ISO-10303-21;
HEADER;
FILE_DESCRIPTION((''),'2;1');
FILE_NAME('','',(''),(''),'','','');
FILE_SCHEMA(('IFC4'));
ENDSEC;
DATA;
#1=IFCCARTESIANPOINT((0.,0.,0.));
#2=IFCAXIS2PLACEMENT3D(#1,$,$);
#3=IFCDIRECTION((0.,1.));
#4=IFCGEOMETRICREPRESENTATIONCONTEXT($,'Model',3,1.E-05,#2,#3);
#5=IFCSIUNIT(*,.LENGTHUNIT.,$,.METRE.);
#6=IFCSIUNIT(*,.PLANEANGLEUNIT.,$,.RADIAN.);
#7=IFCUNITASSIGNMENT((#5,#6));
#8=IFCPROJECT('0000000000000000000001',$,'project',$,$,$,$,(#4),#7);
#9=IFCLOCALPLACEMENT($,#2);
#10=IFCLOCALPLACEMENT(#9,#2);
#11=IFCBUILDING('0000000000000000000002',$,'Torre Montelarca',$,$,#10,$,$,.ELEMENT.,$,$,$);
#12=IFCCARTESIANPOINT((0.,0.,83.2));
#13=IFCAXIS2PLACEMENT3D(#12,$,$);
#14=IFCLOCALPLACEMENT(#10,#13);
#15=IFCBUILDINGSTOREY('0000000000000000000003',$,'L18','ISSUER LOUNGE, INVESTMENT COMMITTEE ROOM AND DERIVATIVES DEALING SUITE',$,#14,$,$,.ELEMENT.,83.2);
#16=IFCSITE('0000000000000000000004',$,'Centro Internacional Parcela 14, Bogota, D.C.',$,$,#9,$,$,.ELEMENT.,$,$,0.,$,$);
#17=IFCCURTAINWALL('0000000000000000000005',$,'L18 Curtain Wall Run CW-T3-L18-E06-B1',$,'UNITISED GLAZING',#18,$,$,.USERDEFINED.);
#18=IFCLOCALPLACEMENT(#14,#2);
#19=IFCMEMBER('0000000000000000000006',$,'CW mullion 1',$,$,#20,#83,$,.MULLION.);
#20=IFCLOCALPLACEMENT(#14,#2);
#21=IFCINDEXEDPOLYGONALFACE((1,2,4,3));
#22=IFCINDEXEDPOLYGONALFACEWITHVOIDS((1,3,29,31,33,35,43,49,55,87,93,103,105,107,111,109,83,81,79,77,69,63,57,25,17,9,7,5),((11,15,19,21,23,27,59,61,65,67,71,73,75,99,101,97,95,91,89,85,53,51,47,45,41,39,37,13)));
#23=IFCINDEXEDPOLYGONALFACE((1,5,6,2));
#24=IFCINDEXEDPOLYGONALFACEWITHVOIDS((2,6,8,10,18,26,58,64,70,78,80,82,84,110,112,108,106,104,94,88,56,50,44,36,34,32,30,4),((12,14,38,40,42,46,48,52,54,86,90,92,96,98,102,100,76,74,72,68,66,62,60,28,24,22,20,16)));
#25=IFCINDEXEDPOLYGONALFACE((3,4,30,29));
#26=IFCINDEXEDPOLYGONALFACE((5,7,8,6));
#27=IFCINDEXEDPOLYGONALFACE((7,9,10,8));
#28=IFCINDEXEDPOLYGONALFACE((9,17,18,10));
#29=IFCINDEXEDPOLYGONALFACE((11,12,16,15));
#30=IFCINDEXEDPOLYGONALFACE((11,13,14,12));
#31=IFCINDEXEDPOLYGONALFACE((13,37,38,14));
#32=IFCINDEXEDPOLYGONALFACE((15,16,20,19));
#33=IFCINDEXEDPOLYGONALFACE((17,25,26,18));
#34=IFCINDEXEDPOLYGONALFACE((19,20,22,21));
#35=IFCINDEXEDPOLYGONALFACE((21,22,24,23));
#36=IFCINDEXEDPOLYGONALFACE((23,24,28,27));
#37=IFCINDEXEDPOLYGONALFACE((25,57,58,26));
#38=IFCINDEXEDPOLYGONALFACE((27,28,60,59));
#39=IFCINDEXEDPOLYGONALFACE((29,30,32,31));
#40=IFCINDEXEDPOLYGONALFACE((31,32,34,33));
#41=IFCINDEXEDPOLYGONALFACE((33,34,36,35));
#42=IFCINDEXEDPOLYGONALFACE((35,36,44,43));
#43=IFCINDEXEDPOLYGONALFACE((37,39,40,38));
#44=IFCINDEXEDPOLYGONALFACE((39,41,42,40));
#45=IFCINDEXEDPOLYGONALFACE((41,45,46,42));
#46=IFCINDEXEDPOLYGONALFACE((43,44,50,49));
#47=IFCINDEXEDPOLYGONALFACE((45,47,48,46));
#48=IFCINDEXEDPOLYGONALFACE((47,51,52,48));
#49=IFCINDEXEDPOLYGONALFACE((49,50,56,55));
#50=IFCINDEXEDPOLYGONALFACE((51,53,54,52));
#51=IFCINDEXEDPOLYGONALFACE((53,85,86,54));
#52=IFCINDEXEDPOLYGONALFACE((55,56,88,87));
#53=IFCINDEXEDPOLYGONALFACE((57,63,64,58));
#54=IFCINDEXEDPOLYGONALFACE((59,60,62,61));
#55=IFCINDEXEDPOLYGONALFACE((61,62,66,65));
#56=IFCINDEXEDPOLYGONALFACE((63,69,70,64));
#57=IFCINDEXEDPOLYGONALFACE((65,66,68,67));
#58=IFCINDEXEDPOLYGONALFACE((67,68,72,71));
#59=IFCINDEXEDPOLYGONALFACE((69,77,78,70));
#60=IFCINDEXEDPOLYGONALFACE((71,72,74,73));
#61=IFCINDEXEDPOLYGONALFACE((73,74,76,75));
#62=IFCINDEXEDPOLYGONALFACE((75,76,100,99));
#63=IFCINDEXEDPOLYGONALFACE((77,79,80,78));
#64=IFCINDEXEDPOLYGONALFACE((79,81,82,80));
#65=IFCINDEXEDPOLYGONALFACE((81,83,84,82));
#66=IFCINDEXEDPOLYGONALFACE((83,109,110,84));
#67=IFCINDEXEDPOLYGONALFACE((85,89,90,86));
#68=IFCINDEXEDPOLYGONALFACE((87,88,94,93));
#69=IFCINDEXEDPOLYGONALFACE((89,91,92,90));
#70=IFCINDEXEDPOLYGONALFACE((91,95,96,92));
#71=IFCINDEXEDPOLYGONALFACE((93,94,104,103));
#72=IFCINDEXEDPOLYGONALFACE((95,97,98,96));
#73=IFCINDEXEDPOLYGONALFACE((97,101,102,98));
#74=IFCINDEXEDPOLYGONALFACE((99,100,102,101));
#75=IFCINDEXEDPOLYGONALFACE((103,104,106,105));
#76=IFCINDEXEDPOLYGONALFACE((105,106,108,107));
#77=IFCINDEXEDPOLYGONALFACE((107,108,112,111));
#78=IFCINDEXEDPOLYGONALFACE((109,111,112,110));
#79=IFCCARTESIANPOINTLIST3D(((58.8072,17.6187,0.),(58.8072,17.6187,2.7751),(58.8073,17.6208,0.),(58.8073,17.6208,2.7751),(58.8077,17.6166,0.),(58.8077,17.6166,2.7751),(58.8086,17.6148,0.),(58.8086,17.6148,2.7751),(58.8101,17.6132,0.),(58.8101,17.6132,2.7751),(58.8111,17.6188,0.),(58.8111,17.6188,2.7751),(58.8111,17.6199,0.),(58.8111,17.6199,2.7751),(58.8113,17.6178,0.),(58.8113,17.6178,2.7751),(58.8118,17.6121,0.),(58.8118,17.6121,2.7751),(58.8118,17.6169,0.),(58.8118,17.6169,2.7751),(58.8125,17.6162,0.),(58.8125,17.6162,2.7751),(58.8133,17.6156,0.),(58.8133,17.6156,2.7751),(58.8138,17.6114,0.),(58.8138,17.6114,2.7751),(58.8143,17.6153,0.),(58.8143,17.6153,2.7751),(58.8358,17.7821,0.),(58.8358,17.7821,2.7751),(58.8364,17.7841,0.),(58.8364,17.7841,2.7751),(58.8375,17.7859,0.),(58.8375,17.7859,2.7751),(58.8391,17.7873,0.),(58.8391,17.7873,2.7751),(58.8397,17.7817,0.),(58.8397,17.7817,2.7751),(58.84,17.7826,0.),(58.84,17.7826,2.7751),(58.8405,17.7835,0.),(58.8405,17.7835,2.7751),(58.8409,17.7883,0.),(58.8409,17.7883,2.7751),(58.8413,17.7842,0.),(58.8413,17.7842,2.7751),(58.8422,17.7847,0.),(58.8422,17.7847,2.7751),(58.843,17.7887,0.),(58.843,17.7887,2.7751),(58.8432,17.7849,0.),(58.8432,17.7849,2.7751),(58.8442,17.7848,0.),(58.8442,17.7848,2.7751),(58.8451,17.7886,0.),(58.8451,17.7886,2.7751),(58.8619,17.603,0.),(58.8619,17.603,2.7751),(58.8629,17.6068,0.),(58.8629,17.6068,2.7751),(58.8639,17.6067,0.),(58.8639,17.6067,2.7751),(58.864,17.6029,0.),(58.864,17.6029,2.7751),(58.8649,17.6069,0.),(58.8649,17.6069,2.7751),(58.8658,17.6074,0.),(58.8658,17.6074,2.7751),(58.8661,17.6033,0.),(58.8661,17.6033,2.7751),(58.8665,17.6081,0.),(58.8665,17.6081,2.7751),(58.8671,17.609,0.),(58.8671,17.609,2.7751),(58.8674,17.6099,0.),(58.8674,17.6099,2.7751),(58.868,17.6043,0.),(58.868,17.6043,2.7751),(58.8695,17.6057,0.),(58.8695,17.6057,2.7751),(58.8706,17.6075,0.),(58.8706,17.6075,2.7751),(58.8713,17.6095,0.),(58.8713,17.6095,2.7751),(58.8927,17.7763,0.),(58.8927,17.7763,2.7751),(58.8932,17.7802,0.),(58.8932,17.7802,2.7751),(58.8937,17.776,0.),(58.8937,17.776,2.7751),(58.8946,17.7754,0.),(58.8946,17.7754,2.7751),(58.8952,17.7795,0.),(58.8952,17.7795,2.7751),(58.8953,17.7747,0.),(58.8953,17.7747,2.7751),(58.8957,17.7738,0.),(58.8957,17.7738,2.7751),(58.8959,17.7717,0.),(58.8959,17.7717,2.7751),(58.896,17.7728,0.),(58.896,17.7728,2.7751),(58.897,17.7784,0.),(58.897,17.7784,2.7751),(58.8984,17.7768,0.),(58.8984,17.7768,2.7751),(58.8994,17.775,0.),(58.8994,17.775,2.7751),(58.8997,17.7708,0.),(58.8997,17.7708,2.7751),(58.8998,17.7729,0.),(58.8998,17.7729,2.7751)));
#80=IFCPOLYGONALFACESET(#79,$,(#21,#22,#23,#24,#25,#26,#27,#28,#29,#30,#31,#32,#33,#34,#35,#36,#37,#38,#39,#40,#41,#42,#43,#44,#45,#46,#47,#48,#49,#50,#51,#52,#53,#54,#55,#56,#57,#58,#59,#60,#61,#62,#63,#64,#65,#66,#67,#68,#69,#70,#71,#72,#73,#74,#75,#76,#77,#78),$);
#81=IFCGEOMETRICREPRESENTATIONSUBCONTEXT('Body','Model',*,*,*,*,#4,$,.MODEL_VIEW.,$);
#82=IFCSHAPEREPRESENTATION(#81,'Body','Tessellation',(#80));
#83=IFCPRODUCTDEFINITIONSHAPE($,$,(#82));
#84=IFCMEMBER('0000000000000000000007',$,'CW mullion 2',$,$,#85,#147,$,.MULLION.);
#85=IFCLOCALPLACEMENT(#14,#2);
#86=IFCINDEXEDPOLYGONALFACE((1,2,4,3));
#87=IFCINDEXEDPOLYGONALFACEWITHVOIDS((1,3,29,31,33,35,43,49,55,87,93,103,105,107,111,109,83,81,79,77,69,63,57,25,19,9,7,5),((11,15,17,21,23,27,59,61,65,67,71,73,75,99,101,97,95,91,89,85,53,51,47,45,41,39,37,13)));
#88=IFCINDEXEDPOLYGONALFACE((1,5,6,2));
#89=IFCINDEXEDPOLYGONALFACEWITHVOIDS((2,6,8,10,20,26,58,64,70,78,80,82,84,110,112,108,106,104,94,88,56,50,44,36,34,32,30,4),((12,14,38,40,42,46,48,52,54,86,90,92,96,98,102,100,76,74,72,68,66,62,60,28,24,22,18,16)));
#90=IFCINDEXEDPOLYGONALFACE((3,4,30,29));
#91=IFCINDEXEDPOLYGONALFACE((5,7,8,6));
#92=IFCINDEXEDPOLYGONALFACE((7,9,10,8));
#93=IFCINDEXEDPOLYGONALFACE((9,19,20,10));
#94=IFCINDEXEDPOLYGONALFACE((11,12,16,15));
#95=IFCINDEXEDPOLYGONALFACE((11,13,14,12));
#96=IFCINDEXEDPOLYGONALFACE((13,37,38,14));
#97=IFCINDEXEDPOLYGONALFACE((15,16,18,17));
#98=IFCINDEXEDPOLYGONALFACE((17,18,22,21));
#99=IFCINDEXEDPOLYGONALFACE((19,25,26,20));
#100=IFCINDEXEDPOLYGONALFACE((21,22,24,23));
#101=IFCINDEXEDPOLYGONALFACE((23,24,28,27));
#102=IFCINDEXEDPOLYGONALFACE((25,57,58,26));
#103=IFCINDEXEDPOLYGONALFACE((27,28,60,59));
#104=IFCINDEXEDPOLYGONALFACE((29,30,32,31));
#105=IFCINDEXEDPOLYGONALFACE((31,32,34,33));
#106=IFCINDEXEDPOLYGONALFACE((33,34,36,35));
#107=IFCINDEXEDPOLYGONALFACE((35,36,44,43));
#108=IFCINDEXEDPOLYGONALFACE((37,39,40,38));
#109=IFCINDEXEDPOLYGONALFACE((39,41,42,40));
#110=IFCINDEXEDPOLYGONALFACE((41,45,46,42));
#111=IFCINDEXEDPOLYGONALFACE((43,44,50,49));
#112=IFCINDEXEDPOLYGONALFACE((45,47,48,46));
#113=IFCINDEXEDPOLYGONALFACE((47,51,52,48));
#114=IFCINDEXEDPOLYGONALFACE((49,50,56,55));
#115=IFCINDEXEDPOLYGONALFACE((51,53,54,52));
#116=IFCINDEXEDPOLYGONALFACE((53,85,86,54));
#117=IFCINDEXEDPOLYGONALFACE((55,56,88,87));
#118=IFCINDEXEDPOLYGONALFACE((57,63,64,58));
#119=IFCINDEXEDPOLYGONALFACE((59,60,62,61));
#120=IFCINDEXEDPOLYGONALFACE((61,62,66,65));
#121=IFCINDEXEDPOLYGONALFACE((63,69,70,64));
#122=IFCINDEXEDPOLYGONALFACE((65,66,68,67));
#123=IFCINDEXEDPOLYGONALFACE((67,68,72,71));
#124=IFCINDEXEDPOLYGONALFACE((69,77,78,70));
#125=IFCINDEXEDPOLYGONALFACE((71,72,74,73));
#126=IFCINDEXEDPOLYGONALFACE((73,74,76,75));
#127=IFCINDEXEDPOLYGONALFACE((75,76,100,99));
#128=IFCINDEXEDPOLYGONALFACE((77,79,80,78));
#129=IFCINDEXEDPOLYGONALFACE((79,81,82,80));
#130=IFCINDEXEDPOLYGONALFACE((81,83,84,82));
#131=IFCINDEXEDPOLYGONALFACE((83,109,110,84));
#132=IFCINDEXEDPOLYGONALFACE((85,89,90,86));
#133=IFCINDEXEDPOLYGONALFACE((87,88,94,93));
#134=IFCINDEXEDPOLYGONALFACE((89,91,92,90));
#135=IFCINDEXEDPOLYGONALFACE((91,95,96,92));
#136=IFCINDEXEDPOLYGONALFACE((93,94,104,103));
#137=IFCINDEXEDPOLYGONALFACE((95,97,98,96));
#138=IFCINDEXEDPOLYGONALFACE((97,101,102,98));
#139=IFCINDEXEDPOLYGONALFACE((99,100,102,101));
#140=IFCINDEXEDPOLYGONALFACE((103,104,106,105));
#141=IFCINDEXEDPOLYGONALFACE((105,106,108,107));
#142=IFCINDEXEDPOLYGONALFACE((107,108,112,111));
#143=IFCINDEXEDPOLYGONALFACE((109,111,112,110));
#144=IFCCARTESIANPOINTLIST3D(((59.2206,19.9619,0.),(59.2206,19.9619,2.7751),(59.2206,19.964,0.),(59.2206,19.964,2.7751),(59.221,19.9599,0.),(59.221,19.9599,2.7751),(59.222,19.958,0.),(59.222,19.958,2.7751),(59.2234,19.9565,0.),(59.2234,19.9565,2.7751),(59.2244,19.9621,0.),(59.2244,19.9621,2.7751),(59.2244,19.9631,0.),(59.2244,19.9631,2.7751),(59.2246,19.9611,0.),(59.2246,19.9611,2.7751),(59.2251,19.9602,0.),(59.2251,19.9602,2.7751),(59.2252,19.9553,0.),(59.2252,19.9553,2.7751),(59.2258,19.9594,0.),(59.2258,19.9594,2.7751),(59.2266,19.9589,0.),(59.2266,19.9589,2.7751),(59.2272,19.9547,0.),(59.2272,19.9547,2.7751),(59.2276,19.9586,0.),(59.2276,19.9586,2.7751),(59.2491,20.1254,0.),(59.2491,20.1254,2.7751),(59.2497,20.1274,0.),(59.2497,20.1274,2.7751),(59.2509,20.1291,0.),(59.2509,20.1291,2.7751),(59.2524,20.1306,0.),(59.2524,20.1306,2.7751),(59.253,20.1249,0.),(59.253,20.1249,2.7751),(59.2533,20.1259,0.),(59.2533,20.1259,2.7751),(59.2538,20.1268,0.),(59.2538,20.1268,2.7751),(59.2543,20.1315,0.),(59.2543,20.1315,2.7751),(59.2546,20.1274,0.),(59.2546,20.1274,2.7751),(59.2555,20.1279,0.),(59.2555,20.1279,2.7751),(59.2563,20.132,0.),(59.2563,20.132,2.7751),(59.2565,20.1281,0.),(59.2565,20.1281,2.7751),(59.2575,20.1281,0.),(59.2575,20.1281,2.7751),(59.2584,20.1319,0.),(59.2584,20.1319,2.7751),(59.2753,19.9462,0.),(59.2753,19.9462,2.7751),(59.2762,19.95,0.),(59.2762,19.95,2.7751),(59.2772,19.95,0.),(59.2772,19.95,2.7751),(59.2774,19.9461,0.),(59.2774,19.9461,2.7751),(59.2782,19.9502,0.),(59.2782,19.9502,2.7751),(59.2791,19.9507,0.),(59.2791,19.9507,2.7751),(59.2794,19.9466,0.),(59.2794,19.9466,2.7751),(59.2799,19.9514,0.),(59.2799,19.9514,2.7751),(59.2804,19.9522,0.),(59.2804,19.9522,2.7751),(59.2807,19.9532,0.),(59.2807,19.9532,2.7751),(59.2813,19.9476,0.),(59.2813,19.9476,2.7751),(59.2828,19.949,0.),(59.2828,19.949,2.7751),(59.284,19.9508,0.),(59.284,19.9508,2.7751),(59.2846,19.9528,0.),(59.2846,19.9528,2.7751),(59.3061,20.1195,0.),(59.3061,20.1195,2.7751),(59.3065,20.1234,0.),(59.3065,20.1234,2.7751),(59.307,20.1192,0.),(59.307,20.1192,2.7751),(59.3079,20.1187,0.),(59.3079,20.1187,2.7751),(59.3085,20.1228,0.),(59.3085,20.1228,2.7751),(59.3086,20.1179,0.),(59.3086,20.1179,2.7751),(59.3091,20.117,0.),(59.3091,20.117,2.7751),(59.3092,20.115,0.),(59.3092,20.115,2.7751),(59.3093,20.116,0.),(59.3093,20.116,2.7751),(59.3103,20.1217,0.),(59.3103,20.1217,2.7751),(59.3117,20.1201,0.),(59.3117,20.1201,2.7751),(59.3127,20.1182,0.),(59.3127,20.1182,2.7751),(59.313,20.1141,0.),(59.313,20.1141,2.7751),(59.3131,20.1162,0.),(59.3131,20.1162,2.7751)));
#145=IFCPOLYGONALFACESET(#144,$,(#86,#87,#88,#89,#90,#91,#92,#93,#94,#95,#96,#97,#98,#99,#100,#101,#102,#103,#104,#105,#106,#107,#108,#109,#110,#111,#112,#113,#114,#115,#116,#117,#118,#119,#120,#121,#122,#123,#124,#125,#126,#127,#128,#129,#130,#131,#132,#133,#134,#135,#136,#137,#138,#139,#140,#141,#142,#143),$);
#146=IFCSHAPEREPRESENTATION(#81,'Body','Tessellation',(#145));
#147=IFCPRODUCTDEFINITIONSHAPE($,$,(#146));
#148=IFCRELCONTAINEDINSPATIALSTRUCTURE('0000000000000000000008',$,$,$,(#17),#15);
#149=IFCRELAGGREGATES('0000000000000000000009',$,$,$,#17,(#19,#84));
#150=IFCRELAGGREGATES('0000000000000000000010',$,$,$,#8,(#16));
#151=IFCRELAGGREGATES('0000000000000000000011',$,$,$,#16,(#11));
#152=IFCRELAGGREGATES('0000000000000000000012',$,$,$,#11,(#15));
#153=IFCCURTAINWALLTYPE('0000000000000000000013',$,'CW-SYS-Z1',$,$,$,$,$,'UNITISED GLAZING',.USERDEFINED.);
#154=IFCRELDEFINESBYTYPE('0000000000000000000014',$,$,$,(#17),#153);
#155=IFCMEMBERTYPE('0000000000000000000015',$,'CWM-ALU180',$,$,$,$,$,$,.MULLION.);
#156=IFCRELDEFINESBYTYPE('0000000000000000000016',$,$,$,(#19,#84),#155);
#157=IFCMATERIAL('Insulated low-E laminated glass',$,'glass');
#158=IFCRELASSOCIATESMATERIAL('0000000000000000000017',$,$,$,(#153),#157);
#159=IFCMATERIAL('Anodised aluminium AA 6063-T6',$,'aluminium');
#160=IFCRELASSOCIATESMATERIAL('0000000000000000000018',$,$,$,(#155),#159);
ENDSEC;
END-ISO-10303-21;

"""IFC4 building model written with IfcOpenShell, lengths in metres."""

from ifc_helpers import new_model, si_unit, direction, frame, origin, origin_2d, place, context, subcontext, project, spatial, hollow_rectangle, extrude, source, transform, mapped, material, material_profile, profile_set, type_object, element, aggregate, save


model = new_model("IFC4")

# Units and contexts
model_context = context("Model", 3, precision=1e-05, world=origin(), true_north=direction((0.0, 1.0)))
body_context = subcontext(model_context, "Body", "Model", "MODEL_VIEW")
ifc_project = project(units=[si_unit("LENGTHUNIT", "METRE"), si_unit("PLANEANGLEUNIT", "RADIAN")], contexts=[model_context])

# Site, building, storey
site_placement = place(None, origin())
site = spatial("IfcSite", under=ifc_project, at=site_placement, Name="Centro Internacional Parcela 14, Bogota, D.C.", CompositionType="ELEMENT", RefElevation=0.0)
building_placement = place(site_placement, origin())
building = spatial("IfcBuilding", under=site, at=building_placement, Name="Torre Montelarca", CompositionType="ELEMENT")
storey_placement = place(building_placement, frame((0.0, 0.0, 83.2)))
storey = spatial("IfcBuildingStorey", under=building, at=storey_placement, Name="L18", Description="ISSUER LOUNGE, INVESTMENT COMMITTEE ROOM AND DERIVATIVES DEALING SUITE", CompositionType="ELEMENT", Elevation=83.2)

# Curtain wall
ifc_material_1 = material(Name="Insulated low-E laminated glass", Category="glass")
curtain_wall_type = type_object("IfcCurtainWallType", Name="CW-SYS-Z1", ElementType="UNITISED GLAZING", PredefinedType="USERDEFINED", material=ifc_material_1)
curtain_wall_1_placement = place(storey_placement, origin())
curtain_wall_1 = element("IfcCurtainWall", 1, at=curtain_wall_1_placement, inside=storey, type_object=curtain_wall_type, Name="L18 Curtain Wall Run CW-T3-L18-E06-B1", ObjectType="UNITISED GLAZING", PredefinedType="USERDEFINED")
ifc_material_2 = material(Name="Anodised aluminium AA 6063-T6", Category="aluminium")

# Members
ifc_material_profile_1 = material_profile(ifc_material_2, hollow_rectangle(XDim=0.0649, YDim=0.1799, WallThickness=0.0039, InnerFilletRadius=0.0039, OuterFilletRadius=0.0081, at=origin_2d()), Name="ALU65X180X4", Category="aluminium")
ifc_profile_set_1 = profile_set([ifc_material_profile_1], Name="Anodised aluminium AA 6063-T6")
member_type_1 = type_object("IfcMemberType", Name="CWM-ALU180", PredefinedType="MULLION", material=ifc_profile_set_1)
shared_shape_1 = source(origin(), body_context, "Body", "SweptSolid", [
    extrude(hollow_rectangle(XDim=0.0649, YDim=0.1799, WallThickness=0.0039, InnerFilletRadius=0.0039, OuterFilletRadius=0.0081, at=origin_2d()), origin(), (0.0, 0.0, 1.0), 2.7751),
])
member_1_placement = place(storey_placement, frame((58.8535, 17.6958, 0.0), z_axis=(0.0, 0.0, 1.0), x_axis=(-0.984805, 0.173664, 0.0)))
member_1 = element("IfcMember", 2, at=member_1_placement, type_object=member_type_1, Name="CW mullion 1", PredefinedType="MULLION", context=body_context, shape_type="MappedRepresentation", body=[
    mapped(shared_shape_1, transform((0.0, 0.0, 0.0), scale=1.0)),
])
member_2_placement = place(storey_placement, frame((59.2668, 20.0391, 0.0), z_axis=(0.0, 0.0, 1.0), x_axis=(-0.984805, 0.173664, 0.0)))
member_2 = element("IfcMember", 3, at=member_2_placement, type_object=member_type_1, Name="CW mullion 2", PredefinedType="MULLION", context=body_context, shape_type="MappedRepresentation", body=[
    mapped(shared_shape_1, transform((0.0, 0.0, 0.0), scale=1.0)),
])

aggregate(curtain_wall_1, [member_1, member_2])

save(model, "model.ifc")
